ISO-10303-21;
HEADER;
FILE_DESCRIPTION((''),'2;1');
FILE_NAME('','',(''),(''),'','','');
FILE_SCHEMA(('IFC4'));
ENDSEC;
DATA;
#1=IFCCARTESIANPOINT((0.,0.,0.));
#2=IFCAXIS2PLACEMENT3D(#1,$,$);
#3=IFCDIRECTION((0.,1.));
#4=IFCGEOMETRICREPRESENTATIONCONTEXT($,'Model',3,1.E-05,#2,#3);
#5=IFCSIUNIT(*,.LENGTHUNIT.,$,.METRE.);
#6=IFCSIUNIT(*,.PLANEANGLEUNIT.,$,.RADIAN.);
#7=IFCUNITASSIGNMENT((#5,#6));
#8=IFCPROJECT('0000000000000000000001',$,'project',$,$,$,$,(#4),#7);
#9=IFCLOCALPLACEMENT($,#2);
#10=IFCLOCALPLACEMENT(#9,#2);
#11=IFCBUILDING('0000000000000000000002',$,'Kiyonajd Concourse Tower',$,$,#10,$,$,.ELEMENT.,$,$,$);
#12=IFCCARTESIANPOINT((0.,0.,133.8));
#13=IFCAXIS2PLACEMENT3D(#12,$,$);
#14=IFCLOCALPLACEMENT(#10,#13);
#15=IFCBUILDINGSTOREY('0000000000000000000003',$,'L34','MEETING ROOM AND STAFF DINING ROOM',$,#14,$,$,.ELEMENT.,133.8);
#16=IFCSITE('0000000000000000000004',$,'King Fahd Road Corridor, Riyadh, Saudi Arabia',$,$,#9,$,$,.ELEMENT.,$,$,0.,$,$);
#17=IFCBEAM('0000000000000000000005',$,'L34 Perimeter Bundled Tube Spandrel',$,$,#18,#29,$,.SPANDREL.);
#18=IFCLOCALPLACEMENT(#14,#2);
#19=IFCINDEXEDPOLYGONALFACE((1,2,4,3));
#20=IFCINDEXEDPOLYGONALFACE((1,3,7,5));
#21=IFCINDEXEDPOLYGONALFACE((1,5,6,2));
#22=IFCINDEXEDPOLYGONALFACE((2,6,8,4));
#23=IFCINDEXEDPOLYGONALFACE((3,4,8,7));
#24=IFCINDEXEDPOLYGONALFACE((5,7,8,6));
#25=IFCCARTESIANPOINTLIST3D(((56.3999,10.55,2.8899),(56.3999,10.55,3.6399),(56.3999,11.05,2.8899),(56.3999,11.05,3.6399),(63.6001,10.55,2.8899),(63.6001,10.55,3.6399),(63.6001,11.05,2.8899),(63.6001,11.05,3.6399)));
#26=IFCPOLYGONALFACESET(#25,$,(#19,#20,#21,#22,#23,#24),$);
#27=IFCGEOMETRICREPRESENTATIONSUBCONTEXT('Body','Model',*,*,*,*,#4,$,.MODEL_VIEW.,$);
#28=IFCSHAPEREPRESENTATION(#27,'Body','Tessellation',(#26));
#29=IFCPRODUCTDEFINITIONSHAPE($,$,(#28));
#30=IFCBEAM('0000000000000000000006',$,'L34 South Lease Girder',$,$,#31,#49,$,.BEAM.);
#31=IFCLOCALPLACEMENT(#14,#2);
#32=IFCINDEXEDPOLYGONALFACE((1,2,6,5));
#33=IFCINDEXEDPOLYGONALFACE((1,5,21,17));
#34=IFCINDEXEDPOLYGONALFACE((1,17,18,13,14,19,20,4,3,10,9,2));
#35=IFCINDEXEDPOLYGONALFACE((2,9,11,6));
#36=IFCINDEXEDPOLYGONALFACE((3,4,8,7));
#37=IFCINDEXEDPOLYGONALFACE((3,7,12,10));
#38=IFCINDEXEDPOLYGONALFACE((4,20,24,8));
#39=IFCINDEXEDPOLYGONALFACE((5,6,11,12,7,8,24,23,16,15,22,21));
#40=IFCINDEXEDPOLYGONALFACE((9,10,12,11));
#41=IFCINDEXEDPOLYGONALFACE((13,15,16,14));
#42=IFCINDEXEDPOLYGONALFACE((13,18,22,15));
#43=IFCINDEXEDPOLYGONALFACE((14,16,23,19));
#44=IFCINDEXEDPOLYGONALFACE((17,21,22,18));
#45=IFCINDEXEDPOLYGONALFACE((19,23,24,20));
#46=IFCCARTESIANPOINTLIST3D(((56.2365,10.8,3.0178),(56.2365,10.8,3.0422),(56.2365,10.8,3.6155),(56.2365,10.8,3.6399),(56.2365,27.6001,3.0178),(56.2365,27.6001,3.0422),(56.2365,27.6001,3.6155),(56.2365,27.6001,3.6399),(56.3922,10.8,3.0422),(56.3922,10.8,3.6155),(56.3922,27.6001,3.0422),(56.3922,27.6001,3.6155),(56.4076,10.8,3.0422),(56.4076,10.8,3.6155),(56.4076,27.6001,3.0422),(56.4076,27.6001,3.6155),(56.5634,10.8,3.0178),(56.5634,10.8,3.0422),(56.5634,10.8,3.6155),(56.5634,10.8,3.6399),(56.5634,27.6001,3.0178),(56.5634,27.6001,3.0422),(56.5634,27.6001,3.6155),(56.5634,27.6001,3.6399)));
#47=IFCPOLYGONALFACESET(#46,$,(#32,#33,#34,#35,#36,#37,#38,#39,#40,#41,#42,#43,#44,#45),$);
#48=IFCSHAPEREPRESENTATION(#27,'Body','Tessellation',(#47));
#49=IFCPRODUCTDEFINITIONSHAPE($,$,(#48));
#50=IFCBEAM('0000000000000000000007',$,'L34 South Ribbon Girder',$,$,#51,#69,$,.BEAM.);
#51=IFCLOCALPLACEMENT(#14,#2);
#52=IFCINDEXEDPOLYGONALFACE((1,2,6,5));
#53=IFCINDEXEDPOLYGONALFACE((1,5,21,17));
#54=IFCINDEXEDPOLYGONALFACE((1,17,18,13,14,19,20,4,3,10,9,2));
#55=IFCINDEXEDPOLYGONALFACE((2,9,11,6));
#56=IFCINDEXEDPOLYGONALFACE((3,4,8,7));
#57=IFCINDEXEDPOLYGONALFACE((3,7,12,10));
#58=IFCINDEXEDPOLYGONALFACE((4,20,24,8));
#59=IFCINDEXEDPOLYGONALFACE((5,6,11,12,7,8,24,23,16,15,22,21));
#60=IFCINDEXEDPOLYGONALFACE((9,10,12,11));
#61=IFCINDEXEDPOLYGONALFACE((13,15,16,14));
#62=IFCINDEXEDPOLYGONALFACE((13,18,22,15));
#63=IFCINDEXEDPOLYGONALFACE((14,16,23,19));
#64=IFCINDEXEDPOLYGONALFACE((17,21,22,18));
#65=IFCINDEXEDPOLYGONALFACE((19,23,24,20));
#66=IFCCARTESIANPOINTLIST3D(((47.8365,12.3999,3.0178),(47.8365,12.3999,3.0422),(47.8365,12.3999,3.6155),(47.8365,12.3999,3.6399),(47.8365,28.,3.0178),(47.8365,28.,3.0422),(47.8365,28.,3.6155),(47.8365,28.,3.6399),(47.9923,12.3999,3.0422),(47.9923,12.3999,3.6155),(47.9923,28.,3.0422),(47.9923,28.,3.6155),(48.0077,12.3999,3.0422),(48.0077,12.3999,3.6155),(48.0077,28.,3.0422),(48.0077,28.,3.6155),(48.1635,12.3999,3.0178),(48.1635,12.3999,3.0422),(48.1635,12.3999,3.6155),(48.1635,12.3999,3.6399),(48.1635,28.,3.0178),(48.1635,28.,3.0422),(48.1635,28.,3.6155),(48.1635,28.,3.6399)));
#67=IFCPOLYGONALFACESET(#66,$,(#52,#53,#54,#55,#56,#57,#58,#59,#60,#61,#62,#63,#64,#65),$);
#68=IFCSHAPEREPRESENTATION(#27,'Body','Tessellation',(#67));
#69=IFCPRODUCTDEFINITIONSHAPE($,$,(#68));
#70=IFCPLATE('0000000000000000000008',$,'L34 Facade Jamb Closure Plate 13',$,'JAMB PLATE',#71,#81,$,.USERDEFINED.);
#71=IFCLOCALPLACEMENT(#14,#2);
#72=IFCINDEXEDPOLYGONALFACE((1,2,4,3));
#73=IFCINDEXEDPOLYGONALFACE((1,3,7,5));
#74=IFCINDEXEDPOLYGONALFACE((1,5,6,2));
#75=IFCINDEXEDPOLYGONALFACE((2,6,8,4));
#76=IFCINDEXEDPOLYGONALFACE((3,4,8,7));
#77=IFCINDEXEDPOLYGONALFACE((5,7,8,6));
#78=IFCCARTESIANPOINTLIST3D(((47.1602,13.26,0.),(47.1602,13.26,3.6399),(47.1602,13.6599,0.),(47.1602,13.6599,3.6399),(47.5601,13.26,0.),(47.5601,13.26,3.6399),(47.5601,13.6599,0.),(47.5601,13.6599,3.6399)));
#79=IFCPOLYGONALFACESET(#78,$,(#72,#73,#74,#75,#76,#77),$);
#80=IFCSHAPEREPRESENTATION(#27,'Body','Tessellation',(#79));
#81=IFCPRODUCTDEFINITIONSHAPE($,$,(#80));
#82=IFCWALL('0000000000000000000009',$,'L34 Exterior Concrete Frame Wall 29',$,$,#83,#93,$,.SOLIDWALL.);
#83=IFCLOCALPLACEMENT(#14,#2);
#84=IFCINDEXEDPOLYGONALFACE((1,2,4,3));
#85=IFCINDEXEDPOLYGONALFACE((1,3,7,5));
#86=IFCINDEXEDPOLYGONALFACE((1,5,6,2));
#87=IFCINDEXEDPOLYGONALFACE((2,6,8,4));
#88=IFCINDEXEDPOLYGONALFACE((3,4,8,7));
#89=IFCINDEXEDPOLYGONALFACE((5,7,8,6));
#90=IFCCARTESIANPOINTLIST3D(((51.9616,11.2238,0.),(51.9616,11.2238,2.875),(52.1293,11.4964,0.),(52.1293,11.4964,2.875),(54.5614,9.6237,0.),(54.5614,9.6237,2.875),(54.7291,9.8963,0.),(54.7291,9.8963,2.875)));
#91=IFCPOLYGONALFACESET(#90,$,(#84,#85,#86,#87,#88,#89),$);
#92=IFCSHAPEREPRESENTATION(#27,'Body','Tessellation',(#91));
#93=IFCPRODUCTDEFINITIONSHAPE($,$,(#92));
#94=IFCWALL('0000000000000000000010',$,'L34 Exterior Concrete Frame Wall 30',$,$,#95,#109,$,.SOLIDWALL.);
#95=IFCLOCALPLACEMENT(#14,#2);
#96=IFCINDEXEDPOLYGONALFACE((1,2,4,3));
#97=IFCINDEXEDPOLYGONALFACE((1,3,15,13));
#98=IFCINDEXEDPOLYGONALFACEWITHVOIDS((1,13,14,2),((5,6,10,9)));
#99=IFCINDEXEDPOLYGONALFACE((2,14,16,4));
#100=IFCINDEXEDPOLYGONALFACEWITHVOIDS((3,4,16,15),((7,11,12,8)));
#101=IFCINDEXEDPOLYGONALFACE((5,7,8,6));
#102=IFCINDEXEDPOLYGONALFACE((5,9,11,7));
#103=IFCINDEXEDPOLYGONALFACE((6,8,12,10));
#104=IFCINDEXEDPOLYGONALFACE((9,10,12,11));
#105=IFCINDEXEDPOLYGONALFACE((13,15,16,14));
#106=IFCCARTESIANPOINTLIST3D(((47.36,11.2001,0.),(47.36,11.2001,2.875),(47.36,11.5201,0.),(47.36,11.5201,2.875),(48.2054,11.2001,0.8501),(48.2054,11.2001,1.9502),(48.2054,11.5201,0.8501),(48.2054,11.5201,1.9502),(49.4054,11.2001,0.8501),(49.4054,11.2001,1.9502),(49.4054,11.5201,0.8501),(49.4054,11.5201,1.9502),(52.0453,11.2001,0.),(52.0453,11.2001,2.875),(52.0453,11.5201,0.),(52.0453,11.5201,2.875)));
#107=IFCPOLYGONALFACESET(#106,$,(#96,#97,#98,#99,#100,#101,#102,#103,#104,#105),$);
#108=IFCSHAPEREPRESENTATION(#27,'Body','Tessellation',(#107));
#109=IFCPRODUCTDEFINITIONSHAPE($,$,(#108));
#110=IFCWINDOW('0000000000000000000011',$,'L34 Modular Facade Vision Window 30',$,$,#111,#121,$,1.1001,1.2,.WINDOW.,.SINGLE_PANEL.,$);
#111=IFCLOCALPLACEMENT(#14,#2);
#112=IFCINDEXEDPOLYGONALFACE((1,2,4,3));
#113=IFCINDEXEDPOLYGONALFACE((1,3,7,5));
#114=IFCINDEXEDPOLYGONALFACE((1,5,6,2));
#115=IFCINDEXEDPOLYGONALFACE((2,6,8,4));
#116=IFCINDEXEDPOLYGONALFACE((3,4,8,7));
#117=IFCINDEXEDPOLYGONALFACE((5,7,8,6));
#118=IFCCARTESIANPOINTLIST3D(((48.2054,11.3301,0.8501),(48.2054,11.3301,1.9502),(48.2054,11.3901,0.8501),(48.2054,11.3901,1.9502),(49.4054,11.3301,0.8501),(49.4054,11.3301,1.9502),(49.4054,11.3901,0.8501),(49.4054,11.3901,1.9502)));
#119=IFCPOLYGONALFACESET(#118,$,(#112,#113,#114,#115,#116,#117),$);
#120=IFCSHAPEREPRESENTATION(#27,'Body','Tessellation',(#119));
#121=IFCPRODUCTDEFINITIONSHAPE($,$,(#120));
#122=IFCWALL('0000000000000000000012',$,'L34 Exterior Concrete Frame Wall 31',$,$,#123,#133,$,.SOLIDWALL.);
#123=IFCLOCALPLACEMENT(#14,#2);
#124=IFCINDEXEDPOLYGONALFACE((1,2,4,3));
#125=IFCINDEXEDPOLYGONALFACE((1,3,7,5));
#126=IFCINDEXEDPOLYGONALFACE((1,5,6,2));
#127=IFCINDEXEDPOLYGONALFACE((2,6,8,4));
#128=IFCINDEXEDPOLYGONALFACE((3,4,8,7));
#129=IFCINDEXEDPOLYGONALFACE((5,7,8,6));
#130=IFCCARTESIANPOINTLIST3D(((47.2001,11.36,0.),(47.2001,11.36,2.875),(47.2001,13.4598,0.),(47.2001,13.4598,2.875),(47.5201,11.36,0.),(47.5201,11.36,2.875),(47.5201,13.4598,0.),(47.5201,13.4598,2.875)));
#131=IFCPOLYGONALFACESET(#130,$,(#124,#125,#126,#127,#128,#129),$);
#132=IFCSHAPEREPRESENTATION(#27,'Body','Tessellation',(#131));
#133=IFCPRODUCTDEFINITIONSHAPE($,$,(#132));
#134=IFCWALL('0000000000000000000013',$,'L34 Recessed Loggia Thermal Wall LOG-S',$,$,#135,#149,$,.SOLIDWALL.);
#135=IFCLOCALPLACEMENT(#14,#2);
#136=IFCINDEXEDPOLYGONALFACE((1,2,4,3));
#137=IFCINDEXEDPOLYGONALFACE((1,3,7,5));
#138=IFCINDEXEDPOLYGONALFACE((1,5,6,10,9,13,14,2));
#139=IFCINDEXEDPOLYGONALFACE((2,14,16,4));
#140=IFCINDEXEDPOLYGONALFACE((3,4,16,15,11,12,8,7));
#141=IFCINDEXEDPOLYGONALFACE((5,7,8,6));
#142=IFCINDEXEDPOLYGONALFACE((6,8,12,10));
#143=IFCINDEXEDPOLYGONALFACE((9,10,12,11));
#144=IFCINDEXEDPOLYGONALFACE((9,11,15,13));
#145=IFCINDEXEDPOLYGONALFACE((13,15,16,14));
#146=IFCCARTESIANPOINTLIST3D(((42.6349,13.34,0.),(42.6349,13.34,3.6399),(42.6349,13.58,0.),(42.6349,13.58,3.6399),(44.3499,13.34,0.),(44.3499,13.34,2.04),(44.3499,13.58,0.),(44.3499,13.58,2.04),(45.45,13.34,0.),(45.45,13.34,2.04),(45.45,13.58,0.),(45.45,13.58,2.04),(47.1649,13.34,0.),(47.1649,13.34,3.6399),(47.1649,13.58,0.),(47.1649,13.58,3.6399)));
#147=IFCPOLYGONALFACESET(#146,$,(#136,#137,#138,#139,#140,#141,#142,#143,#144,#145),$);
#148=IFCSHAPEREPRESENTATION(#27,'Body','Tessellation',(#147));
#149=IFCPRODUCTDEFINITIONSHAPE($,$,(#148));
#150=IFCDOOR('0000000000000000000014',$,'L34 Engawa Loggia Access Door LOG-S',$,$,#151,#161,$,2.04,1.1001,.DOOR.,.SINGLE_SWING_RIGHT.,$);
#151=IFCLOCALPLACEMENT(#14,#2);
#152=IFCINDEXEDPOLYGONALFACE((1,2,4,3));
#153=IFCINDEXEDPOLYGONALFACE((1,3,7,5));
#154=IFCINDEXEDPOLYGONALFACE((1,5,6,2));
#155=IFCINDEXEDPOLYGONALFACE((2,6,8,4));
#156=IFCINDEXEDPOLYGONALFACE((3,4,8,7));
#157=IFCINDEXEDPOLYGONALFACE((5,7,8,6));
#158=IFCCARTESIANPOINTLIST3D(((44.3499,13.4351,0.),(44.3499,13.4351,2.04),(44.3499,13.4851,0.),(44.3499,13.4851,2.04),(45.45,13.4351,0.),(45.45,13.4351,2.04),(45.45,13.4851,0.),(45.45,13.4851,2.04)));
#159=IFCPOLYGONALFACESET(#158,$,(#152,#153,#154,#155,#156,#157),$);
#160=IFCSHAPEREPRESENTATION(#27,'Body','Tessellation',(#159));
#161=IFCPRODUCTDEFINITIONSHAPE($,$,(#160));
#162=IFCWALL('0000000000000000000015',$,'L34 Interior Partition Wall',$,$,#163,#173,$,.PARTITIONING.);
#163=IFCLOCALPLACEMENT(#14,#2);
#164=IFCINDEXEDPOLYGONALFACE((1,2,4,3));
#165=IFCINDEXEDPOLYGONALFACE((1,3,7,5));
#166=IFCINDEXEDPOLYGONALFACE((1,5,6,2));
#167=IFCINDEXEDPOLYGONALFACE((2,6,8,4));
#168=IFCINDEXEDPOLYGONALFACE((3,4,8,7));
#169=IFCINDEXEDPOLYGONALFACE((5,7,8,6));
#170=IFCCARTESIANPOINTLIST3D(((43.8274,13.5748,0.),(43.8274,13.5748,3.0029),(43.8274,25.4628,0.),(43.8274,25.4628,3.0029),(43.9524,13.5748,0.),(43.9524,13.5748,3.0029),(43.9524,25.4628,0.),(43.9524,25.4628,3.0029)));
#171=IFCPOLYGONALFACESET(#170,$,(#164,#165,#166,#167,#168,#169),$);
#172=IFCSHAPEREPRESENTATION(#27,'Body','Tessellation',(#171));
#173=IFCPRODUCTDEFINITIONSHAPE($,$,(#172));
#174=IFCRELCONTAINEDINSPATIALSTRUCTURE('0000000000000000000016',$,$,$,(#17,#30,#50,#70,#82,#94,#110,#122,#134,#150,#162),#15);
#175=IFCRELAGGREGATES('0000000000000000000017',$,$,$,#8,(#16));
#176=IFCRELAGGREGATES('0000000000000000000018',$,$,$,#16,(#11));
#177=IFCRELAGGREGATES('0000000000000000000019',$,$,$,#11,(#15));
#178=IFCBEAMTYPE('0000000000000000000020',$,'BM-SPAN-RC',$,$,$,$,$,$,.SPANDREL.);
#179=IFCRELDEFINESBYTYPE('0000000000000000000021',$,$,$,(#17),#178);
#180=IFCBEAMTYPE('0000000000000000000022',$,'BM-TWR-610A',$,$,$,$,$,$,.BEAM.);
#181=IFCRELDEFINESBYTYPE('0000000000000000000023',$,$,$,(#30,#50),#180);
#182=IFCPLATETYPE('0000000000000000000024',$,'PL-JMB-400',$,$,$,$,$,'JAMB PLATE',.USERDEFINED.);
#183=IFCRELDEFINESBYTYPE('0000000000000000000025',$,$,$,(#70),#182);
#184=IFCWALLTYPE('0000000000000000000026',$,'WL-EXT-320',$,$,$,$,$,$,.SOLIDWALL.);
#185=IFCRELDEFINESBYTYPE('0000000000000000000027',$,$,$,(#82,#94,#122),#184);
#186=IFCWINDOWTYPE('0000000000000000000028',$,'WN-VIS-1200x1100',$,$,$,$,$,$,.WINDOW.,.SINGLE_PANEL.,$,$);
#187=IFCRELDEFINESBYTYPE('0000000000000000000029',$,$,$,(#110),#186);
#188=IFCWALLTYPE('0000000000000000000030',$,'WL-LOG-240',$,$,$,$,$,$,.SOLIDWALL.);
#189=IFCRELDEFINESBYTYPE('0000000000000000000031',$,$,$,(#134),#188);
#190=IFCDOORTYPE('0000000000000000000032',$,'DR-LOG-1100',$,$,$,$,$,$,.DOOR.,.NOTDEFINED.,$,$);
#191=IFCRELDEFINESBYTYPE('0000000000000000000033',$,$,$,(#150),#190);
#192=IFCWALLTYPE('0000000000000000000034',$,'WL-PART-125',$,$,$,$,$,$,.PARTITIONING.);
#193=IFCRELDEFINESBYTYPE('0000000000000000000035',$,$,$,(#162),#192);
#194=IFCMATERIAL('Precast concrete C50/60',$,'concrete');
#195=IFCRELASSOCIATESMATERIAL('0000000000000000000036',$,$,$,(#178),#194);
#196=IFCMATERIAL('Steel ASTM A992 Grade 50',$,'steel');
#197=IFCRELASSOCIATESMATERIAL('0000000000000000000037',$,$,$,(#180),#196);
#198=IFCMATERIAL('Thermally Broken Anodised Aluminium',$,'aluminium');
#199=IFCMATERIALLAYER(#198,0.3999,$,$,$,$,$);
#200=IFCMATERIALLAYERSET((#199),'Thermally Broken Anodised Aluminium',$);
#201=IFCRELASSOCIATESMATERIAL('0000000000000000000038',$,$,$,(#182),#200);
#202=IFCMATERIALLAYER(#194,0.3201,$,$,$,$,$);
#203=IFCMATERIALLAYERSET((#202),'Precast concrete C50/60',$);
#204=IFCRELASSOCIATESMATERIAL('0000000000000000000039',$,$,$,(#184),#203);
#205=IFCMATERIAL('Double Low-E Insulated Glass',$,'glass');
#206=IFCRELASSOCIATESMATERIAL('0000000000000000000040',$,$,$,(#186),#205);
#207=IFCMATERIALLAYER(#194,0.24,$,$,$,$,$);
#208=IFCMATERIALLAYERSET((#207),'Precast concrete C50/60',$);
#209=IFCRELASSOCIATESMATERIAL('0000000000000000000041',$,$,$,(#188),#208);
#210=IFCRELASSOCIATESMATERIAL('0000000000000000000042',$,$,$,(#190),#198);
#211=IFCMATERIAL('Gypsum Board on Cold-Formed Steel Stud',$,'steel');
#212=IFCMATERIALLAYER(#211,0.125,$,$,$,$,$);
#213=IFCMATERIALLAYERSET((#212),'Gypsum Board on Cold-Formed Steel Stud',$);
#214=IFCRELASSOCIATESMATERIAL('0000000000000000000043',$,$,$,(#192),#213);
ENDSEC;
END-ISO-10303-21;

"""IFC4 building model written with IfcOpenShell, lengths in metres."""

from ifc_helpers import new_model, si_unit, direction, frame, frame_2d, origin, origin_2d, place, context, subcontext, project, spatial, rectangle, i_section, extrude, material, layer, layer_set, material_profile, profile_set, type_object, element, fill, save


model = new_model("IFC4")

# Units and contexts
model_context = context("Model", 3, precision=1e-05, world=origin(), true_north=direction((0.0, 1.0)))
body_context = subcontext(model_context, "Body", "Model", "MODEL_VIEW")
ifc_project = project(units=[si_unit("LENGTHUNIT", "METRE"), si_unit("PLANEANGLEUNIT", "RADIAN")], contexts=[model_context])

# Site, building, storey
site_placement = place(None, origin())
site = spatial("IfcSite", under=ifc_project, at=site_placement, Name="King Fahd Road Corridor, Riyadh, Saudi Arabia", CompositionType="ELEMENT", RefElevation=0.0)
building_placement = place(site_placement, origin())
building = spatial("IfcBuilding", under=site, at=building_placement, Name="Kiyonajd Concourse Tower", CompositionType="ELEMENT")
storey_placement = place(building_placement, frame((0.0, 0.0, 133.8)))
storey = spatial("IfcBuildingStorey", under=building, at=storey_placement, Name="L34", Description="MEETING ROOM AND STAFF DINING ROOM", CompositionType="ELEMENT", Elevation=133.8)

# Beams
ifc_material_1 = material(Name="Steel ASTM A992 Grade 50", Category="steel")
ifc_material_2 = material(Name="Precast concrete C50/60", Category="concrete")
ifc_material_profile_1 = material_profile(ifc_material_2, rectangle(XDim=0.5, YDim=0.75, at=origin_2d()), Name="RCBM-500x750")
ifc_profile_set_1 = profile_set([ifc_material_profile_1], Name="Precast concrete C50/60")
beam_type_1 = type_object("IfcBeamType", Name="BM-SPAN-RC", PredefinedType="SPANDREL", material=ifc_profile_set_1)
beam_1_placement = place(storey_placement, frame((56.3999, 10.8, 3.2649), z_axis=(1.0, 0.0, 0.0), x_axis=(0.0, 1.0, 0.0)))
element("IfcBeam", 1, at=beam_1_placement, inside=storey, type_object=beam_type_1, Name="L34 Perimeter Bundled Tube Spandrel", PredefinedType="SPANDREL", context=body_context, shape_type="SweptSolid", body=[
    extrude(rectangle(XDim=0.5, YDim=0.75, at=origin_2d()), origin(), (0.0, 0.0, 1.0), 7.2002),
])
ifc_material_profile_2 = material_profile(ifc_material_1, i_section(OverallWidth=0.3269, OverallDepth=0.6221, WebThickness=0.0154, FlangeThickness=0.0244, at=origin_2d()), Name="W610X195")
ifc_profile_set_2 = profile_set([ifc_material_profile_2], Name="Steel ASTM A992 Grade 50")
beam_type_2 = type_object("IfcBeamType", Name="BM-TWR-610A", PredefinedType="BEAM", material=ifc_profile_set_2)
beam_2_placement = place(storey_placement, frame((56.3999, 10.8, 3.3289), z_axis=(0.0, 1.0, 0.0), x_axis=(-1.0, 0.0, 0.0)))
element("IfcBeam", 2, at=beam_2_placement, inside=storey, type_object=beam_type_2, Name="L34 South Lease Girder", PredefinedType="BEAM", context=body_context, shape_type="SweptSolid", body=[
    extrude(i_section(OverallWidth=0.3269, OverallDepth=0.6221, WebThickness=0.0154, FlangeThickness=0.0244, at=origin_2d()), origin(), (0.0, 0.0, 1.0), 16.8),
])
beam_3_placement = place(storey_placement, frame((48.0, 12.3999, 3.3289), z_axis=(0.0, 1.0, 0.0), x_axis=(-1.0, 0.0, 0.0)))
element("IfcBeam", 3, at=beam_3_placement, inside=storey, type_object=beam_type_2, Name="L34 South Ribbon Girder", PredefinedType="BEAM", context=body_context, shape_type="SweptSolid", body=[
    extrude(i_section(OverallWidth=0.3269, OverallDepth=0.6221, WebThickness=0.0154, FlangeThickness=0.0244, at=origin_2d()), origin(), (0.0, 0.0, 1.0), 15.6001),
])

# Plate
ifc_material_3 = material(Name="Thermally Broken Anodised Aluminium", Category="aluminium")
ifc_layer_1 = layer(ifc_material_3, 0.3999)
ifc_layer_set_1 = layer_set([ifc_layer_1], Name="Thermally Broken Anodised Aluminium")
plate_type = type_object("IfcPlateType", Name="PL-JMB-400", ElementType="JAMB PLATE", PredefinedType="USERDEFINED", material=ifc_layer_set_1)
plate_placement = place(storey_placement, frame((47.3601, 13.46, 0.0), z_axis=(0.0, 0.0, 1.0), x_axis=(1.0, 0.0, 0.0)))
element("IfcPlate", 4, at=plate_placement, inside=storey, type_object=plate_type, Name="L34 Facade Jamb Closure Plate 13", ObjectType="JAMB PLATE", PredefinedType="USERDEFINED", context=body_context, shape_type="SweptSolid", body=[
    extrude(rectangle(XDim=0.3999, YDim=0.3999, at=origin_2d()), origin(), (0.0, 0.0, 1.0), 3.6399),
])

# Wall
ifc_layer_2 = layer(ifc_material_2, 0.3201)
ifc_layer_set_2 = layer_set([ifc_layer_2], Name="Precast concrete C50/60")
wall_type_1 = type_object("IfcWallType", Name="WL-EXT-320", PredefinedType="SOLIDWALL", material=ifc_layer_set_2)
wall_1_placement = place(storey_placement, frame((54.6453, 9.76, 0.0), z_axis=(0.0, 0.0, 1.0), x_axis=(-0.851631, 0.524142, 0.0)))
element("IfcWall", 5, at=wall_1_placement, inside=storey, type_object=wall_type_1, Name="L34 Exterior Concrete Frame Wall 29", PredefinedType="SOLIDWALL", context=body_context, shape_type="SweptSolid", body=[
    extrude(rectangle(XDim=3.0527, YDim=0.3201, at=frame_2d((1.5264, 0.0))), origin(), (0.0, 0.0, 1.0), 2.875),
])

# Wall, opening, window
wall_2_placement = place(storey_placement, frame((52.0454, 11.3601, 0.0), z_axis=(0.0, 0.0, 1.0), x_axis=(-1.0, 0.0, 0.0)))
wall_2 = element("IfcWall", 6, at=wall_2_placement, inside=storey, type_object=wall_type_1, Name="L34 Exterior Concrete Frame Wall 30", PredefinedType="SOLIDWALL", context=body_context, shape_type="SweptSolid", body=[
    extrude(rectangle(XDim=4.6853, YDim=0.3201, at=frame_2d((2.3428, 0.0))), origin(), (0.0, 0.0, 1.0), 2.875),
])
opening_1_placement = place(wall_2_placement, frame((2.6399, 0.0, 0.8501)))
opening_1 = element("IfcOpeningElement", 7, at=opening_1_placement, cuts=wall_2, PredefinedType="OPENING", context=body_context, shape_type="SweptSolid", body=[
    extrude(rectangle(XDim=1.2, YDim=1.1001, at=frame_2d((0.6001, 0.55))), frame((0.0, 0.1699, 0.0), z_axis=(0.0, -1.0, 0.0), x_axis=(1.0, 0.0, 0.0)), (0.0, 0.0, 1.0), 0.3401),
])
ifc_material_4 = material(Name="Double Low-E Insulated Glass", Category="glass")
window_type = type_object("IfcWindowType", Name="WN-VIS-1200x1100", PartitioningType="SINGLE_PANEL", PredefinedType="WINDOW", material=ifc_material_4)
window_placement = place(opening_1_placement, origin())
window = element("IfcWindow", 8, at=window_placement, inside=storey, type_object=window_type, Name="L34 Modular Facade Vision Window 30", OverallHeight=1.1001, OverallWidth=1.2, PartitioningType="SINGLE_PANEL", PredefinedType="WINDOW", context=body_context, shape_type="SweptSolid", body=[
    extrude(rectangle(XDim=1.2, YDim=1.1001, at=frame_2d((0.6001, 0.55))), frame((0.0, 0.03, 0.0), z_axis=(0.0, -1.0, 0.0), x_axis=(1.0, 0.0, 0.0)), (0.0, 0.0, 1.0), 0.0601),
])
fill(opening_1, window)

# Wall
wall_3_placement = place(storey_placement, frame((47.3601, 11.3601, 0.0), z_axis=(0.0, 0.0, 1.0), x_axis=(0.0, 1.0, 0.0)))
element("IfcWall", 9, at=wall_3_placement, inside=storey, type_object=wall_type_1, Name="L34 Exterior Concrete Frame Wall 31", PredefinedType="SOLIDWALL", context=body_context, shape_type="SweptSolid", body=[
    extrude(rectangle(XDim=2.0999, YDim=0.3201, at=frame_2d((1.0498, 0.0))), origin(), (0.0, 0.0, 1.0), 2.875),
])

# Wall, opening, door
ifc_layer_3 = layer(ifc_material_2, 0.24)
ifc_layer_set_3 = layer_set([ifc_layer_3], Name="Precast concrete C50/60")
wall_type_2 = type_object("IfcWallType", Name="WL-LOG-240", PredefinedType="SOLIDWALL", material=ifc_layer_set_3)
wall_4_placement = place(storey_placement, frame((47.165, 13.46, 0.0), z_axis=(0.0, 0.0, 1.0), x_axis=(-1.0, 0.0, 0.0)))
wall_4 = element("IfcWall", 10, at=wall_4_placement, inside=storey, type_object=wall_type_2, Name="L34 Recessed Loggia Thermal Wall LOG-S", PredefinedType="SOLIDWALL", context=body_context, shape_type="SweptSolid", body=[
    extrude(rectangle(XDim=4.53, YDim=0.24, at=frame_2d((2.2651, 0.0))), origin(), (0.0, 0.0, 1.0), 3.6399),
])
opening_2_placement = place(wall_4_placement, frame((1.7151, 0.0, 0.0)))
opening_2 = element("IfcOpeningElement", 11, at=opening_2_placement, cuts=wall_4, PredefinedType="OPENING", context=body_context, shape_type="SweptSolid", body=[
    extrude(rectangle(XDim=1.1001, YDim=2.04, at=frame_2d((0.55, 1.02))), frame((0.0, 0.1299, 0.0), z_axis=(0.0, -1.0, 0.0), x_axis=(1.0, 0.0, 0.0)), (0.0, 0.0, 1.0), 0.26),
])
door_type = type_object("IfcDoorType", Name="DR-LOG-1100", OperationType="NOTDEFINED", PredefinedType="DOOR", material=ifc_material_3)
door_placement = place(opening_2_placement, origin())
door = element("IfcDoor", 12, at=door_placement, inside=storey, type_object=door_type, Name="L34 Engawa Loggia Access Door LOG-S", OperationType="SINGLE_SWING_RIGHT", OverallHeight=2.04, OverallWidth=1.1001, PredefinedType="DOOR", context=body_context, shape_type="SweptSolid", body=[
    extrude(rectangle(XDim=1.1001, YDim=2.04, at=frame_2d((0.55, 1.02))), frame((0.0, 0.0249, 0.0), z_axis=(0.0, -1.0, 0.0), x_axis=(1.0, 0.0, 0.0)), (0.0, 0.0, 1.0), 0.05),
])
fill(opening_2, door)

# Wall
ifc_material_5 = material(Name="Gypsum Board on Cold-Formed Steel Stud", Category="steel")
ifc_layer_4 = layer(ifc_material_5, 0.125)
ifc_layer_set_4 = layer_set([ifc_layer_4], Name="Gypsum Board on Cold-Formed Steel Stud")
wall_type_3 = type_object("IfcWallType", Name="WL-PART-125", PredefinedType="PARTITIONING", material=ifc_layer_set_4)
wall_5_placement = place(storey_placement, frame((43.8899, 13.575, 0.0), z_axis=(0.0, 0.0, 1.0), x_axis=(0.0, 1.0, 0.0)))
element("IfcWall", 13, at=wall_5_placement, inside=storey, type_object=wall_type_3, Name="L34 Interior Partition Wall", PredefinedType="PARTITIONING", context=body_context, shape_type="SweptSolid", body=[
    extrude(rectangle(XDim=11.8879, YDim=0.125, at=frame_2d((5.9438, 0.0))), origin(), (0.0, 0.0, 1.0), 3.0029),
])

save(model, "model.ifc")
